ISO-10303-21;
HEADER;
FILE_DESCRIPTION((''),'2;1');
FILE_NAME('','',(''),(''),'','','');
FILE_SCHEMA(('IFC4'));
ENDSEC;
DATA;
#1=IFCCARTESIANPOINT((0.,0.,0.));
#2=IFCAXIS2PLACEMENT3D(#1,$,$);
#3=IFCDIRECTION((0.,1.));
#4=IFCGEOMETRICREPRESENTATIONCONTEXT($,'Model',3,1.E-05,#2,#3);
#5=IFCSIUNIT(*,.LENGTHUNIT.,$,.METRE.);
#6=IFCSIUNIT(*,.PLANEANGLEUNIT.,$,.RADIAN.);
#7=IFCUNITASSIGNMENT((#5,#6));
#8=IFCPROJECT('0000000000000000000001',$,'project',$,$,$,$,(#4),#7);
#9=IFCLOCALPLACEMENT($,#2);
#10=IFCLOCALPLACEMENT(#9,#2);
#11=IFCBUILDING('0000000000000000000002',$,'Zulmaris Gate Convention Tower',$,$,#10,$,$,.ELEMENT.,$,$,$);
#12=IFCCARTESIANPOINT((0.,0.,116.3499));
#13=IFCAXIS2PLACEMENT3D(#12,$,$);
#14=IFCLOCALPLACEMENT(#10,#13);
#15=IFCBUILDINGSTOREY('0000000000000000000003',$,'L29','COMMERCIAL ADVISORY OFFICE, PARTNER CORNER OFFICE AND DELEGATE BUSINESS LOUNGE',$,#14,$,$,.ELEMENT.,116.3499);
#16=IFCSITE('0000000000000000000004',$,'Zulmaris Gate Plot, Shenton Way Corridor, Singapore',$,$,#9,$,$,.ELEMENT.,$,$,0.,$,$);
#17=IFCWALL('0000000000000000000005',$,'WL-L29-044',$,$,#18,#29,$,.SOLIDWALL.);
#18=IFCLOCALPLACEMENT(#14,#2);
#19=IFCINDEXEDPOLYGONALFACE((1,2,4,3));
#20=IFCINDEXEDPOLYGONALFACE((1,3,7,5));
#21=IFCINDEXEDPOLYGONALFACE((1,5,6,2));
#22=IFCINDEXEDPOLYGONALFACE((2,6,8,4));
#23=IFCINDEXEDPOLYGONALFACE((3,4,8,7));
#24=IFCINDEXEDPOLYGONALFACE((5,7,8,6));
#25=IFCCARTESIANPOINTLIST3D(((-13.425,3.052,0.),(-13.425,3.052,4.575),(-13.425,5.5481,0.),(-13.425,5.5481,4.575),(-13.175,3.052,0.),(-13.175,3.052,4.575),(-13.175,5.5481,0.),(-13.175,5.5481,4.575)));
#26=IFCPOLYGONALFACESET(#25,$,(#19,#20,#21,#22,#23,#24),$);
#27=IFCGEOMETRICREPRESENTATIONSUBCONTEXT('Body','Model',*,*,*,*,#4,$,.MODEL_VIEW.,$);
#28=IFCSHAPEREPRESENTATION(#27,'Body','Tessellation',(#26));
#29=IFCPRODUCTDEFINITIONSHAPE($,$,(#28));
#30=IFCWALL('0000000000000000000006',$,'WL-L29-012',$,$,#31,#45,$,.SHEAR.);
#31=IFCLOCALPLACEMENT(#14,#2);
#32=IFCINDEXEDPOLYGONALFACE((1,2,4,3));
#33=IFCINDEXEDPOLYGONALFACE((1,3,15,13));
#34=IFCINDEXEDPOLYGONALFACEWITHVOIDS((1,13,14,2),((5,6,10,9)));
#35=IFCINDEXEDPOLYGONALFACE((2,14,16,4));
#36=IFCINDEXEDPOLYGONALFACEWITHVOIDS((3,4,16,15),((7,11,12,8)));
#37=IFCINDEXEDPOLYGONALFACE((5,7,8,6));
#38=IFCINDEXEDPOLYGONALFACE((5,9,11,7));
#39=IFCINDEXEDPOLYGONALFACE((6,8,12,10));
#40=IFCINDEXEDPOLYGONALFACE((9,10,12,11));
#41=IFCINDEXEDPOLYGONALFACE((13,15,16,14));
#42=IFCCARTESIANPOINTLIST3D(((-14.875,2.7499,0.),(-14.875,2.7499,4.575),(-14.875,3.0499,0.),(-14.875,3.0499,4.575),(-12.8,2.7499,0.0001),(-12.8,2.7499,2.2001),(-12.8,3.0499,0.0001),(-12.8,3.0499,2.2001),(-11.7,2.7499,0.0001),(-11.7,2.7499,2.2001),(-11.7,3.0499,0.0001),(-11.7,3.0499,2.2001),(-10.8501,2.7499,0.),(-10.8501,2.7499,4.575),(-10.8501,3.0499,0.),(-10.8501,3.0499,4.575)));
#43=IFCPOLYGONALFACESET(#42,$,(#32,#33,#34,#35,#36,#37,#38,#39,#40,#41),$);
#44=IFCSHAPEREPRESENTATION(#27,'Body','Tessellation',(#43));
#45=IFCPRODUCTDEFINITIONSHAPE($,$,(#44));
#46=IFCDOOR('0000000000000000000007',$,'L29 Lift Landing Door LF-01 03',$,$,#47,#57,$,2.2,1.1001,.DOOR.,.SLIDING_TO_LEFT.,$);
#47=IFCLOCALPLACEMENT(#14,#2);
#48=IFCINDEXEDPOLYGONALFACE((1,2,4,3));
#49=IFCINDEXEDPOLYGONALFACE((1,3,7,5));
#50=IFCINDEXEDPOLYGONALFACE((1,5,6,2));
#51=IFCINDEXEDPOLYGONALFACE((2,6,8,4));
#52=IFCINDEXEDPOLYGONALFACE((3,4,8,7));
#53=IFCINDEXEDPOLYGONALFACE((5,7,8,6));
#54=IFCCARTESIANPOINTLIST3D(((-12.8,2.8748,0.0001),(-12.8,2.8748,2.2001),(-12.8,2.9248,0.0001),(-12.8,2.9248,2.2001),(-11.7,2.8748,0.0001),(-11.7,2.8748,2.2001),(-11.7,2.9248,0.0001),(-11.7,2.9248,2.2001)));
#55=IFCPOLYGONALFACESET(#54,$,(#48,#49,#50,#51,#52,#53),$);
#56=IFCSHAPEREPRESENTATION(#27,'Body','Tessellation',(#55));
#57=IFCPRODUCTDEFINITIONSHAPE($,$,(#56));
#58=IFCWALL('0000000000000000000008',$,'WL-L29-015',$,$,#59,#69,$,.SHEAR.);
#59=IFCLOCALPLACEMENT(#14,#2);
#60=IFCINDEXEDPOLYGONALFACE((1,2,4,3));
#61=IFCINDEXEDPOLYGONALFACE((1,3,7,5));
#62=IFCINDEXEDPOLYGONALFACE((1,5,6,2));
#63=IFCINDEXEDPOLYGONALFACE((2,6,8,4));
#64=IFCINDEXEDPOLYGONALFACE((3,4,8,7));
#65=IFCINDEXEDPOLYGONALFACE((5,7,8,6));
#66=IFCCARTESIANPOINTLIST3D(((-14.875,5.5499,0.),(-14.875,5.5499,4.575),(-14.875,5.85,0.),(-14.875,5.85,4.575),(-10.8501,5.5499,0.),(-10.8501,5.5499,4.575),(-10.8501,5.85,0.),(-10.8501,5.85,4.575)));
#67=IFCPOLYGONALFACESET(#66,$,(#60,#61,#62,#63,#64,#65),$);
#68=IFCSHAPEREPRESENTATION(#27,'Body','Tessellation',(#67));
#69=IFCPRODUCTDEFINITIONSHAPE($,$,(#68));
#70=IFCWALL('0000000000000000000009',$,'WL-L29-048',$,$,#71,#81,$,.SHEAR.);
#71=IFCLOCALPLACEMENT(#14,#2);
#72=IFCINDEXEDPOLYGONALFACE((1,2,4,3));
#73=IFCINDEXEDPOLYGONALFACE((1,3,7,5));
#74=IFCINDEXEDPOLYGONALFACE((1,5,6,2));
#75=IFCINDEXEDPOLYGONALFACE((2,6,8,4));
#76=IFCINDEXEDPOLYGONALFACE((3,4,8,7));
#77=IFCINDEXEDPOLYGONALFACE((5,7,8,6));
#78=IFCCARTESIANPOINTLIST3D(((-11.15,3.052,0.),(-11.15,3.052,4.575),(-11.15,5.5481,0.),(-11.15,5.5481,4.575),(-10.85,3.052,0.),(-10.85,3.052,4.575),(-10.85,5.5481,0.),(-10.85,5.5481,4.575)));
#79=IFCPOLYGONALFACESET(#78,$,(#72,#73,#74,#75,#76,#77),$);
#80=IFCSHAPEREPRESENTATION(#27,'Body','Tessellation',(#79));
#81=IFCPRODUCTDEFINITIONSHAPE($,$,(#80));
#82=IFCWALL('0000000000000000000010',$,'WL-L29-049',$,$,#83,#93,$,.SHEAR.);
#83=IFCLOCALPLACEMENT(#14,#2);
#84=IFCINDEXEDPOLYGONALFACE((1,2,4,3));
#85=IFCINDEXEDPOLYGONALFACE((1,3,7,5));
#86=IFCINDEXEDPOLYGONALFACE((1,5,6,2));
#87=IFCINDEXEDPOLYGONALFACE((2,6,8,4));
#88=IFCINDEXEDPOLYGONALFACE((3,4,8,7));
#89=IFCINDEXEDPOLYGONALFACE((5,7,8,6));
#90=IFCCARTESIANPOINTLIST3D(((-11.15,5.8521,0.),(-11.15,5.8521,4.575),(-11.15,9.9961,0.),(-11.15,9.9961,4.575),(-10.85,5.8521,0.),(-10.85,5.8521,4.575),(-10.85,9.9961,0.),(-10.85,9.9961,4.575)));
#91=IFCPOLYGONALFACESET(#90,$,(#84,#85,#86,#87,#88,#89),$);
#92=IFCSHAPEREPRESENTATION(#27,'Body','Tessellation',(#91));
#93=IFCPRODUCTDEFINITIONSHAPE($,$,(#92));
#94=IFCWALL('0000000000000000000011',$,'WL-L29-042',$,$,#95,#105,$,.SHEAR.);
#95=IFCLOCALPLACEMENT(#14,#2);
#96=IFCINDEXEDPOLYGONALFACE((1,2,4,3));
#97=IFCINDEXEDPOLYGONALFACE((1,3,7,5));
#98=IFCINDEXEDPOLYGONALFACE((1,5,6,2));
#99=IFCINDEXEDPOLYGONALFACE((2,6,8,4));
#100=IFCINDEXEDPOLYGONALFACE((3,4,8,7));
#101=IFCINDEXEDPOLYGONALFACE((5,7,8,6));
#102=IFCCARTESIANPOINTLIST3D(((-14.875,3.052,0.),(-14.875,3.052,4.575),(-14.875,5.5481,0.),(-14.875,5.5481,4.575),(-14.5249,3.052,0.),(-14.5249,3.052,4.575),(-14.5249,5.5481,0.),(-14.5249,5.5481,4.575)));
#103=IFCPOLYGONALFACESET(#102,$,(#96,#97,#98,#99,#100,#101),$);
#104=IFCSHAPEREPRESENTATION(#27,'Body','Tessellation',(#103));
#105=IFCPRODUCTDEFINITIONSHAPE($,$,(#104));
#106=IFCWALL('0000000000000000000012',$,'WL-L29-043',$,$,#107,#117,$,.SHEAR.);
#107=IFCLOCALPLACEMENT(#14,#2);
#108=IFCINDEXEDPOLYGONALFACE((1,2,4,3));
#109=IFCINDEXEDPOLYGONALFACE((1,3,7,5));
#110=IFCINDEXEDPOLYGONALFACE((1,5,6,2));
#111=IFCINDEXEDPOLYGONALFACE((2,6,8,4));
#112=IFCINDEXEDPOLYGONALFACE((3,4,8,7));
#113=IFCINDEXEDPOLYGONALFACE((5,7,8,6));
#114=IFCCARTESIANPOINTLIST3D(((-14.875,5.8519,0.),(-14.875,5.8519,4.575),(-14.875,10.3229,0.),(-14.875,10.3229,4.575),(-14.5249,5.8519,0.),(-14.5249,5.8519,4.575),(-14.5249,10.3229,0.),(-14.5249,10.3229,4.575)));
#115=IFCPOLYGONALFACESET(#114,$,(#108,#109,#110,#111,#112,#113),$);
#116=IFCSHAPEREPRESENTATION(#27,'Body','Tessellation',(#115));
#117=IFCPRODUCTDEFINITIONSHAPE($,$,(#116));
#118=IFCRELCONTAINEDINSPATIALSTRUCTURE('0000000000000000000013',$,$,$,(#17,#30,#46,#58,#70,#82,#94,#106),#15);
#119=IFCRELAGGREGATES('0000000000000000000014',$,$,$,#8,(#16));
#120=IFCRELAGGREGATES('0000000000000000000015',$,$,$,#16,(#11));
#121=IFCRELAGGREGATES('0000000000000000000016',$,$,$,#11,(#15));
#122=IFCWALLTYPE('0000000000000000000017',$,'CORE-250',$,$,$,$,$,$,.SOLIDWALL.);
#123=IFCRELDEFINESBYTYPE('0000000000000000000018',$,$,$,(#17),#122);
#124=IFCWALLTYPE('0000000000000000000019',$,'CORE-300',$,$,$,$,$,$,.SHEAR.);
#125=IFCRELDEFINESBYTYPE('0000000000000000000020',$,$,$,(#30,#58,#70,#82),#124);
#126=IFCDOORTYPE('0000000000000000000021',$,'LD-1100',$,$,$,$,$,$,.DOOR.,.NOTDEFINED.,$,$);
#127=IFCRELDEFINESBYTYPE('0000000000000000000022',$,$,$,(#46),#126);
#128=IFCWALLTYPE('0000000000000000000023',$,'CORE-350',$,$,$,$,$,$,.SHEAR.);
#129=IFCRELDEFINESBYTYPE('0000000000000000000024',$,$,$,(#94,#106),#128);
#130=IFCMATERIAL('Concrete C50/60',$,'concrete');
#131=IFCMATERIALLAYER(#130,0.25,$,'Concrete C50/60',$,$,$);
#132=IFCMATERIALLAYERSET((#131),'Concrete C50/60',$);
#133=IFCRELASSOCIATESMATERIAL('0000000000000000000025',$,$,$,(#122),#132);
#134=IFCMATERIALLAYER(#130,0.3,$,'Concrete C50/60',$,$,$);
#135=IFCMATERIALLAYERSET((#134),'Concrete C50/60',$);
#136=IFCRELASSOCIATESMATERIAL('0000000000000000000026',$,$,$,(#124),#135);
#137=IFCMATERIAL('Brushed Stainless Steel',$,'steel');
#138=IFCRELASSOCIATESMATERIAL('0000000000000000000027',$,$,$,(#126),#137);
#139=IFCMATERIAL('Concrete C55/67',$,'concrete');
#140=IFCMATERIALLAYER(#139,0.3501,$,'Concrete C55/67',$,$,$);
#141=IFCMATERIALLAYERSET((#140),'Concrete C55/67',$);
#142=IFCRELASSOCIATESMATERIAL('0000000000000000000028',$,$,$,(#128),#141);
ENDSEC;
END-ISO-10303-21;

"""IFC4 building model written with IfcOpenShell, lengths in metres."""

from ifc_helpers import new_model, si_unit, direction, frame, frame_2d, origin, place, context, subcontext, project, spatial, rectangle, extrude, material, layer, layer_set, type_object, element, fill, save


model = new_model("IFC4")

# Units and contexts
model_context = context("Model", 3, precision=1e-05, world=origin(), true_north=direction((0.0, 1.0)))
body_context = subcontext(model_context, "Body", "Model", "MODEL_VIEW")
ifc_project = project(units=[si_unit("LENGTHUNIT", "METRE"), si_unit("PLANEANGLEUNIT", "RADIAN")], contexts=[model_context])

# Site, building, storey
site_placement = place(None, origin())
site = spatial("IfcSite", under=ifc_project, at=site_placement, Name="Zulmaris Gate Plot, Shenton Way Corridor, Singapore", CompositionType="ELEMENT", RefElevation=0.0)
building_placement = place(site_placement, origin())
building = spatial("IfcBuilding", under=site, at=building_placement, Name="Zulmaris Gate Convention Tower", CompositionType="ELEMENT")
storey_placement = place(building_placement, frame((0.0, 0.0, 116.3499)))
storey = spatial("IfcBuildingStorey", under=building, at=storey_placement, Name="L29", Description="COMMERCIAL ADVISORY OFFICE, PARTNER CORNER OFFICE AND DELEGATE BUSINESS LOUNGE", CompositionType="ELEMENT", Elevation=116.3499)

# Wall
ifc_material_1 = material(Name="Concrete C50/60", Category="concrete")
ifc_layer_1 = layer(ifc_material_1, 0.25, Name="Concrete C50/60")
ifc_layer_set_1 = layer_set([ifc_layer_1], Name="Concrete C50/60")
wall_type_1 = type_object("IfcWallType", Name="CORE-250", PredefinedType="SOLIDWALL", material=ifc_layer_set_1)
wall_1_placement = place(storey_placement, frame((-13.3, 3.052, 0.0), z_axis=(0.0, 0.0, 1.0), x_axis=(0.0, 1.0, 0.0)))
element("IfcWall", 1, at=wall_1_placement, inside=storey, type_object=wall_type_1, Name="WL-L29-044", PredefinedType="SOLIDWALL", context=body_context, shape_type="SweptSolid", body=[
    extrude(rectangle(XDim=2.4961, YDim=0.25, at=frame_2d((1.248, 0.0))), origin(), (0.0, 0.0, 1.0), 4.575),
])

# Wall, opening, door
ifc_layer_2 = layer(ifc_material_1, 0.3, Name="Concrete C50/60")
ifc_layer_set_2 = layer_set([ifc_layer_2], Name="Concrete C50/60")
wall_type_2 = type_object("IfcWallType", Name="CORE-300", PredefinedType="SHEAR", material=ifc_layer_set_2)
wall_2_placement = place(storey_placement, frame((-14.875, 2.8999, 0.0), z_axis=(0.0, 0.0, 1.0), x_axis=(1.0, 0.0, 0.0)))
wall_2 = element("IfcWall", 2, at=wall_2_placement, inside=storey, type_object=wall_type_2, Name="WL-L29-012", PredefinedType="SHEAR", context=body_context, shape_type="SweptSolid", body=[
    extrude(rectangle(XDim=4.0249, YDim=0.3, at=frame_2d((2.0125, 0.0))), origin(), (0.0, 0.0, 1.0), 4.575),
])
opening_1_placement = place(wall_2_placement, frame((2.075, 0.0, 0.0)))
opening_1 = element("IfcOpeningElement", 3, at=opening_1_placement, cuts=wall_2, PredefinedType="OPENING", context=body_context, shape_type="SweptSolid", body=[
    extrude(rectangle(XDim=1.1001, YDim=2.2, at=frame_2d((0.55, 1.1001))), frame((0.0, 0.1602, 0.0), z_axis=(0.0, -1.0, 0.0), x_axis=(1.0, 0.0, 0.0)), (0.0, 0.0, 1.0), 0.3201),
])
ifc_material_2 = material(Name="Brushed Stainless Steel", Category="steel")
door_type_1 = type_object("IfcDoorType", Name="LD-1100", OperationType="NOTDEFINED", PredefinedType="DOOR", material=ifc_material_2)
door_1_placement = place(opening_1_placement, origin())
door_1 = element("IfcDoor", 4, at=door_1_placement, inside=storey, type_object=door_type_1, Name="L29 Lift Landing Door LF-01 03", OperationType="SLIDING_TO_LEFT", OverallHeight=2.2, OverallWidth=1.1001, PredefinedType="DOOR", context=body_context, shape_type="SweptSolid", body=[
    extrude(rectangle(XDim=1.1001, YDim=2.2, at=frame_2d((0.55, 1.1001))), frame((0.0, 0.0249, 0.0), z_axis=(0.0, -1.0, 0.0), x_axis=(1.0, 0.0, 0.0)), (0.0, 0.0, 1.0), 0.05),
])
fill(opening_1, door_1)

# Wall
wall_3_placement = place(storey_placement, frame((-14.875, 5.7, 0.0), z_axis=(0.0, 0.0, 1.0), x_axis=(1.0, 0.0, 0.0)))
element("IfcWall", 5, at=wall_3_placement, inside=storey, type_object=wall_type_2, Name="WL-L29-015", PredefinedType="SHEAR", context=body_context, shape_type="SweptSolid", body=[
    extrude(rectangle(XDim=4.0249, YDim=0.3, at=frame_2d((2.0125, 0.0))), origin(), (0.0, 0.0, 1.0), 4.575),
])

# Walls
wall_4_placement = place(storey_placement, frame((-11.0, 3.052, 0.0), z_axis=(0.0, 0.0, 1.0), x_axis=(0.0, 1.0, 0.0)))
element("IfcWall", 6, at=wall_4_placement, inside=storey, type_object=wall_type_2, Name="WL-L29-048", PredefinedType="SHEAR", context=body_context, shape_type="SweptSolid", body=[
    extrude(rectangle(XDim=2.4961, YDim=0.3, at=frame_2d((1.248, 0.0))), origin(), (0.0, 0.0, 1.0), 4.575),
])
wall_5_placement = place(storey_placement, frame((-11.0, 5.8521, 0.0), z_axis=(0.0, 0.0, 1.0), x_axis=(0.0, 1.0, 0.0)))
element("IfcWall", 7, at=wall_5_placement, inside=storey, type_object=wall_type_2, Name="WL-L29-049", PredefinedType="SHEAR", context=body_context, shape_type="SweptSolid", body=[
    extrude(rectangle(XDim=4.144, YDim=0.3, at=frame_2d((2.072, 0.0))), origin(), (0.0, 0.0, 1.0), 4.575),
])
ifc_material_3 = material(Name="Concrete C55/67", Category="concrete")
ifc_layer_3 = layer(ifc_material_3, 0.3501, Name="Concrete C55/67")
ifc_layer_set_3 = layer_set([ifc_layer_3], Name="Concrete C55/67")
wall_type_3 = type_object("IfcWallType", Name="CORE-350", PredefinedType="SHEAR", material=ifc_layer_set_3)
wall_6_placement = place(storey_placement, frame((-14.7, 3.052, 0.0), z_axis=(0.0, 0.0, 1.0), x_axis=(0.0, 1.0, 0.0)))
element("IfcWall", 8, at=wall_6_placement, inside=storey, type_object=wall_type_3, Name="WL-L29-042", PredefinedType="SHEAR", context=body_context, shape_type="SweptSolid", body=[
    extrude(rectangle(XDim=2.4961, YDim=0.3501, at=frame_2d((1.248, 0.0))), origin(), (0.0, 0.0, 1.0), 4.575),
])
wall_7_placement = place(storey_placement, frame((-14.7, 5.8521, 0.0), z_axis=(0.0, 0.0, 1.0), x_axis=(0.0, 1.0, 0.0)))
element("IfcWall", 9, at=wall_7_placement, inside=storey, type_object=wall_type_3, Name="WL-L29-043", PredefinedType="SHEAR", context=body_context, shape_type="SweptSolid", body=[
    extrude(rectangle(XDim=4.4709, YDim=0.3501, at=frame_2d((2.2354, 0.0))), origin(), (0.0, 0.0, 1.0), 4.575),
])

save(model, "model.ifc")
